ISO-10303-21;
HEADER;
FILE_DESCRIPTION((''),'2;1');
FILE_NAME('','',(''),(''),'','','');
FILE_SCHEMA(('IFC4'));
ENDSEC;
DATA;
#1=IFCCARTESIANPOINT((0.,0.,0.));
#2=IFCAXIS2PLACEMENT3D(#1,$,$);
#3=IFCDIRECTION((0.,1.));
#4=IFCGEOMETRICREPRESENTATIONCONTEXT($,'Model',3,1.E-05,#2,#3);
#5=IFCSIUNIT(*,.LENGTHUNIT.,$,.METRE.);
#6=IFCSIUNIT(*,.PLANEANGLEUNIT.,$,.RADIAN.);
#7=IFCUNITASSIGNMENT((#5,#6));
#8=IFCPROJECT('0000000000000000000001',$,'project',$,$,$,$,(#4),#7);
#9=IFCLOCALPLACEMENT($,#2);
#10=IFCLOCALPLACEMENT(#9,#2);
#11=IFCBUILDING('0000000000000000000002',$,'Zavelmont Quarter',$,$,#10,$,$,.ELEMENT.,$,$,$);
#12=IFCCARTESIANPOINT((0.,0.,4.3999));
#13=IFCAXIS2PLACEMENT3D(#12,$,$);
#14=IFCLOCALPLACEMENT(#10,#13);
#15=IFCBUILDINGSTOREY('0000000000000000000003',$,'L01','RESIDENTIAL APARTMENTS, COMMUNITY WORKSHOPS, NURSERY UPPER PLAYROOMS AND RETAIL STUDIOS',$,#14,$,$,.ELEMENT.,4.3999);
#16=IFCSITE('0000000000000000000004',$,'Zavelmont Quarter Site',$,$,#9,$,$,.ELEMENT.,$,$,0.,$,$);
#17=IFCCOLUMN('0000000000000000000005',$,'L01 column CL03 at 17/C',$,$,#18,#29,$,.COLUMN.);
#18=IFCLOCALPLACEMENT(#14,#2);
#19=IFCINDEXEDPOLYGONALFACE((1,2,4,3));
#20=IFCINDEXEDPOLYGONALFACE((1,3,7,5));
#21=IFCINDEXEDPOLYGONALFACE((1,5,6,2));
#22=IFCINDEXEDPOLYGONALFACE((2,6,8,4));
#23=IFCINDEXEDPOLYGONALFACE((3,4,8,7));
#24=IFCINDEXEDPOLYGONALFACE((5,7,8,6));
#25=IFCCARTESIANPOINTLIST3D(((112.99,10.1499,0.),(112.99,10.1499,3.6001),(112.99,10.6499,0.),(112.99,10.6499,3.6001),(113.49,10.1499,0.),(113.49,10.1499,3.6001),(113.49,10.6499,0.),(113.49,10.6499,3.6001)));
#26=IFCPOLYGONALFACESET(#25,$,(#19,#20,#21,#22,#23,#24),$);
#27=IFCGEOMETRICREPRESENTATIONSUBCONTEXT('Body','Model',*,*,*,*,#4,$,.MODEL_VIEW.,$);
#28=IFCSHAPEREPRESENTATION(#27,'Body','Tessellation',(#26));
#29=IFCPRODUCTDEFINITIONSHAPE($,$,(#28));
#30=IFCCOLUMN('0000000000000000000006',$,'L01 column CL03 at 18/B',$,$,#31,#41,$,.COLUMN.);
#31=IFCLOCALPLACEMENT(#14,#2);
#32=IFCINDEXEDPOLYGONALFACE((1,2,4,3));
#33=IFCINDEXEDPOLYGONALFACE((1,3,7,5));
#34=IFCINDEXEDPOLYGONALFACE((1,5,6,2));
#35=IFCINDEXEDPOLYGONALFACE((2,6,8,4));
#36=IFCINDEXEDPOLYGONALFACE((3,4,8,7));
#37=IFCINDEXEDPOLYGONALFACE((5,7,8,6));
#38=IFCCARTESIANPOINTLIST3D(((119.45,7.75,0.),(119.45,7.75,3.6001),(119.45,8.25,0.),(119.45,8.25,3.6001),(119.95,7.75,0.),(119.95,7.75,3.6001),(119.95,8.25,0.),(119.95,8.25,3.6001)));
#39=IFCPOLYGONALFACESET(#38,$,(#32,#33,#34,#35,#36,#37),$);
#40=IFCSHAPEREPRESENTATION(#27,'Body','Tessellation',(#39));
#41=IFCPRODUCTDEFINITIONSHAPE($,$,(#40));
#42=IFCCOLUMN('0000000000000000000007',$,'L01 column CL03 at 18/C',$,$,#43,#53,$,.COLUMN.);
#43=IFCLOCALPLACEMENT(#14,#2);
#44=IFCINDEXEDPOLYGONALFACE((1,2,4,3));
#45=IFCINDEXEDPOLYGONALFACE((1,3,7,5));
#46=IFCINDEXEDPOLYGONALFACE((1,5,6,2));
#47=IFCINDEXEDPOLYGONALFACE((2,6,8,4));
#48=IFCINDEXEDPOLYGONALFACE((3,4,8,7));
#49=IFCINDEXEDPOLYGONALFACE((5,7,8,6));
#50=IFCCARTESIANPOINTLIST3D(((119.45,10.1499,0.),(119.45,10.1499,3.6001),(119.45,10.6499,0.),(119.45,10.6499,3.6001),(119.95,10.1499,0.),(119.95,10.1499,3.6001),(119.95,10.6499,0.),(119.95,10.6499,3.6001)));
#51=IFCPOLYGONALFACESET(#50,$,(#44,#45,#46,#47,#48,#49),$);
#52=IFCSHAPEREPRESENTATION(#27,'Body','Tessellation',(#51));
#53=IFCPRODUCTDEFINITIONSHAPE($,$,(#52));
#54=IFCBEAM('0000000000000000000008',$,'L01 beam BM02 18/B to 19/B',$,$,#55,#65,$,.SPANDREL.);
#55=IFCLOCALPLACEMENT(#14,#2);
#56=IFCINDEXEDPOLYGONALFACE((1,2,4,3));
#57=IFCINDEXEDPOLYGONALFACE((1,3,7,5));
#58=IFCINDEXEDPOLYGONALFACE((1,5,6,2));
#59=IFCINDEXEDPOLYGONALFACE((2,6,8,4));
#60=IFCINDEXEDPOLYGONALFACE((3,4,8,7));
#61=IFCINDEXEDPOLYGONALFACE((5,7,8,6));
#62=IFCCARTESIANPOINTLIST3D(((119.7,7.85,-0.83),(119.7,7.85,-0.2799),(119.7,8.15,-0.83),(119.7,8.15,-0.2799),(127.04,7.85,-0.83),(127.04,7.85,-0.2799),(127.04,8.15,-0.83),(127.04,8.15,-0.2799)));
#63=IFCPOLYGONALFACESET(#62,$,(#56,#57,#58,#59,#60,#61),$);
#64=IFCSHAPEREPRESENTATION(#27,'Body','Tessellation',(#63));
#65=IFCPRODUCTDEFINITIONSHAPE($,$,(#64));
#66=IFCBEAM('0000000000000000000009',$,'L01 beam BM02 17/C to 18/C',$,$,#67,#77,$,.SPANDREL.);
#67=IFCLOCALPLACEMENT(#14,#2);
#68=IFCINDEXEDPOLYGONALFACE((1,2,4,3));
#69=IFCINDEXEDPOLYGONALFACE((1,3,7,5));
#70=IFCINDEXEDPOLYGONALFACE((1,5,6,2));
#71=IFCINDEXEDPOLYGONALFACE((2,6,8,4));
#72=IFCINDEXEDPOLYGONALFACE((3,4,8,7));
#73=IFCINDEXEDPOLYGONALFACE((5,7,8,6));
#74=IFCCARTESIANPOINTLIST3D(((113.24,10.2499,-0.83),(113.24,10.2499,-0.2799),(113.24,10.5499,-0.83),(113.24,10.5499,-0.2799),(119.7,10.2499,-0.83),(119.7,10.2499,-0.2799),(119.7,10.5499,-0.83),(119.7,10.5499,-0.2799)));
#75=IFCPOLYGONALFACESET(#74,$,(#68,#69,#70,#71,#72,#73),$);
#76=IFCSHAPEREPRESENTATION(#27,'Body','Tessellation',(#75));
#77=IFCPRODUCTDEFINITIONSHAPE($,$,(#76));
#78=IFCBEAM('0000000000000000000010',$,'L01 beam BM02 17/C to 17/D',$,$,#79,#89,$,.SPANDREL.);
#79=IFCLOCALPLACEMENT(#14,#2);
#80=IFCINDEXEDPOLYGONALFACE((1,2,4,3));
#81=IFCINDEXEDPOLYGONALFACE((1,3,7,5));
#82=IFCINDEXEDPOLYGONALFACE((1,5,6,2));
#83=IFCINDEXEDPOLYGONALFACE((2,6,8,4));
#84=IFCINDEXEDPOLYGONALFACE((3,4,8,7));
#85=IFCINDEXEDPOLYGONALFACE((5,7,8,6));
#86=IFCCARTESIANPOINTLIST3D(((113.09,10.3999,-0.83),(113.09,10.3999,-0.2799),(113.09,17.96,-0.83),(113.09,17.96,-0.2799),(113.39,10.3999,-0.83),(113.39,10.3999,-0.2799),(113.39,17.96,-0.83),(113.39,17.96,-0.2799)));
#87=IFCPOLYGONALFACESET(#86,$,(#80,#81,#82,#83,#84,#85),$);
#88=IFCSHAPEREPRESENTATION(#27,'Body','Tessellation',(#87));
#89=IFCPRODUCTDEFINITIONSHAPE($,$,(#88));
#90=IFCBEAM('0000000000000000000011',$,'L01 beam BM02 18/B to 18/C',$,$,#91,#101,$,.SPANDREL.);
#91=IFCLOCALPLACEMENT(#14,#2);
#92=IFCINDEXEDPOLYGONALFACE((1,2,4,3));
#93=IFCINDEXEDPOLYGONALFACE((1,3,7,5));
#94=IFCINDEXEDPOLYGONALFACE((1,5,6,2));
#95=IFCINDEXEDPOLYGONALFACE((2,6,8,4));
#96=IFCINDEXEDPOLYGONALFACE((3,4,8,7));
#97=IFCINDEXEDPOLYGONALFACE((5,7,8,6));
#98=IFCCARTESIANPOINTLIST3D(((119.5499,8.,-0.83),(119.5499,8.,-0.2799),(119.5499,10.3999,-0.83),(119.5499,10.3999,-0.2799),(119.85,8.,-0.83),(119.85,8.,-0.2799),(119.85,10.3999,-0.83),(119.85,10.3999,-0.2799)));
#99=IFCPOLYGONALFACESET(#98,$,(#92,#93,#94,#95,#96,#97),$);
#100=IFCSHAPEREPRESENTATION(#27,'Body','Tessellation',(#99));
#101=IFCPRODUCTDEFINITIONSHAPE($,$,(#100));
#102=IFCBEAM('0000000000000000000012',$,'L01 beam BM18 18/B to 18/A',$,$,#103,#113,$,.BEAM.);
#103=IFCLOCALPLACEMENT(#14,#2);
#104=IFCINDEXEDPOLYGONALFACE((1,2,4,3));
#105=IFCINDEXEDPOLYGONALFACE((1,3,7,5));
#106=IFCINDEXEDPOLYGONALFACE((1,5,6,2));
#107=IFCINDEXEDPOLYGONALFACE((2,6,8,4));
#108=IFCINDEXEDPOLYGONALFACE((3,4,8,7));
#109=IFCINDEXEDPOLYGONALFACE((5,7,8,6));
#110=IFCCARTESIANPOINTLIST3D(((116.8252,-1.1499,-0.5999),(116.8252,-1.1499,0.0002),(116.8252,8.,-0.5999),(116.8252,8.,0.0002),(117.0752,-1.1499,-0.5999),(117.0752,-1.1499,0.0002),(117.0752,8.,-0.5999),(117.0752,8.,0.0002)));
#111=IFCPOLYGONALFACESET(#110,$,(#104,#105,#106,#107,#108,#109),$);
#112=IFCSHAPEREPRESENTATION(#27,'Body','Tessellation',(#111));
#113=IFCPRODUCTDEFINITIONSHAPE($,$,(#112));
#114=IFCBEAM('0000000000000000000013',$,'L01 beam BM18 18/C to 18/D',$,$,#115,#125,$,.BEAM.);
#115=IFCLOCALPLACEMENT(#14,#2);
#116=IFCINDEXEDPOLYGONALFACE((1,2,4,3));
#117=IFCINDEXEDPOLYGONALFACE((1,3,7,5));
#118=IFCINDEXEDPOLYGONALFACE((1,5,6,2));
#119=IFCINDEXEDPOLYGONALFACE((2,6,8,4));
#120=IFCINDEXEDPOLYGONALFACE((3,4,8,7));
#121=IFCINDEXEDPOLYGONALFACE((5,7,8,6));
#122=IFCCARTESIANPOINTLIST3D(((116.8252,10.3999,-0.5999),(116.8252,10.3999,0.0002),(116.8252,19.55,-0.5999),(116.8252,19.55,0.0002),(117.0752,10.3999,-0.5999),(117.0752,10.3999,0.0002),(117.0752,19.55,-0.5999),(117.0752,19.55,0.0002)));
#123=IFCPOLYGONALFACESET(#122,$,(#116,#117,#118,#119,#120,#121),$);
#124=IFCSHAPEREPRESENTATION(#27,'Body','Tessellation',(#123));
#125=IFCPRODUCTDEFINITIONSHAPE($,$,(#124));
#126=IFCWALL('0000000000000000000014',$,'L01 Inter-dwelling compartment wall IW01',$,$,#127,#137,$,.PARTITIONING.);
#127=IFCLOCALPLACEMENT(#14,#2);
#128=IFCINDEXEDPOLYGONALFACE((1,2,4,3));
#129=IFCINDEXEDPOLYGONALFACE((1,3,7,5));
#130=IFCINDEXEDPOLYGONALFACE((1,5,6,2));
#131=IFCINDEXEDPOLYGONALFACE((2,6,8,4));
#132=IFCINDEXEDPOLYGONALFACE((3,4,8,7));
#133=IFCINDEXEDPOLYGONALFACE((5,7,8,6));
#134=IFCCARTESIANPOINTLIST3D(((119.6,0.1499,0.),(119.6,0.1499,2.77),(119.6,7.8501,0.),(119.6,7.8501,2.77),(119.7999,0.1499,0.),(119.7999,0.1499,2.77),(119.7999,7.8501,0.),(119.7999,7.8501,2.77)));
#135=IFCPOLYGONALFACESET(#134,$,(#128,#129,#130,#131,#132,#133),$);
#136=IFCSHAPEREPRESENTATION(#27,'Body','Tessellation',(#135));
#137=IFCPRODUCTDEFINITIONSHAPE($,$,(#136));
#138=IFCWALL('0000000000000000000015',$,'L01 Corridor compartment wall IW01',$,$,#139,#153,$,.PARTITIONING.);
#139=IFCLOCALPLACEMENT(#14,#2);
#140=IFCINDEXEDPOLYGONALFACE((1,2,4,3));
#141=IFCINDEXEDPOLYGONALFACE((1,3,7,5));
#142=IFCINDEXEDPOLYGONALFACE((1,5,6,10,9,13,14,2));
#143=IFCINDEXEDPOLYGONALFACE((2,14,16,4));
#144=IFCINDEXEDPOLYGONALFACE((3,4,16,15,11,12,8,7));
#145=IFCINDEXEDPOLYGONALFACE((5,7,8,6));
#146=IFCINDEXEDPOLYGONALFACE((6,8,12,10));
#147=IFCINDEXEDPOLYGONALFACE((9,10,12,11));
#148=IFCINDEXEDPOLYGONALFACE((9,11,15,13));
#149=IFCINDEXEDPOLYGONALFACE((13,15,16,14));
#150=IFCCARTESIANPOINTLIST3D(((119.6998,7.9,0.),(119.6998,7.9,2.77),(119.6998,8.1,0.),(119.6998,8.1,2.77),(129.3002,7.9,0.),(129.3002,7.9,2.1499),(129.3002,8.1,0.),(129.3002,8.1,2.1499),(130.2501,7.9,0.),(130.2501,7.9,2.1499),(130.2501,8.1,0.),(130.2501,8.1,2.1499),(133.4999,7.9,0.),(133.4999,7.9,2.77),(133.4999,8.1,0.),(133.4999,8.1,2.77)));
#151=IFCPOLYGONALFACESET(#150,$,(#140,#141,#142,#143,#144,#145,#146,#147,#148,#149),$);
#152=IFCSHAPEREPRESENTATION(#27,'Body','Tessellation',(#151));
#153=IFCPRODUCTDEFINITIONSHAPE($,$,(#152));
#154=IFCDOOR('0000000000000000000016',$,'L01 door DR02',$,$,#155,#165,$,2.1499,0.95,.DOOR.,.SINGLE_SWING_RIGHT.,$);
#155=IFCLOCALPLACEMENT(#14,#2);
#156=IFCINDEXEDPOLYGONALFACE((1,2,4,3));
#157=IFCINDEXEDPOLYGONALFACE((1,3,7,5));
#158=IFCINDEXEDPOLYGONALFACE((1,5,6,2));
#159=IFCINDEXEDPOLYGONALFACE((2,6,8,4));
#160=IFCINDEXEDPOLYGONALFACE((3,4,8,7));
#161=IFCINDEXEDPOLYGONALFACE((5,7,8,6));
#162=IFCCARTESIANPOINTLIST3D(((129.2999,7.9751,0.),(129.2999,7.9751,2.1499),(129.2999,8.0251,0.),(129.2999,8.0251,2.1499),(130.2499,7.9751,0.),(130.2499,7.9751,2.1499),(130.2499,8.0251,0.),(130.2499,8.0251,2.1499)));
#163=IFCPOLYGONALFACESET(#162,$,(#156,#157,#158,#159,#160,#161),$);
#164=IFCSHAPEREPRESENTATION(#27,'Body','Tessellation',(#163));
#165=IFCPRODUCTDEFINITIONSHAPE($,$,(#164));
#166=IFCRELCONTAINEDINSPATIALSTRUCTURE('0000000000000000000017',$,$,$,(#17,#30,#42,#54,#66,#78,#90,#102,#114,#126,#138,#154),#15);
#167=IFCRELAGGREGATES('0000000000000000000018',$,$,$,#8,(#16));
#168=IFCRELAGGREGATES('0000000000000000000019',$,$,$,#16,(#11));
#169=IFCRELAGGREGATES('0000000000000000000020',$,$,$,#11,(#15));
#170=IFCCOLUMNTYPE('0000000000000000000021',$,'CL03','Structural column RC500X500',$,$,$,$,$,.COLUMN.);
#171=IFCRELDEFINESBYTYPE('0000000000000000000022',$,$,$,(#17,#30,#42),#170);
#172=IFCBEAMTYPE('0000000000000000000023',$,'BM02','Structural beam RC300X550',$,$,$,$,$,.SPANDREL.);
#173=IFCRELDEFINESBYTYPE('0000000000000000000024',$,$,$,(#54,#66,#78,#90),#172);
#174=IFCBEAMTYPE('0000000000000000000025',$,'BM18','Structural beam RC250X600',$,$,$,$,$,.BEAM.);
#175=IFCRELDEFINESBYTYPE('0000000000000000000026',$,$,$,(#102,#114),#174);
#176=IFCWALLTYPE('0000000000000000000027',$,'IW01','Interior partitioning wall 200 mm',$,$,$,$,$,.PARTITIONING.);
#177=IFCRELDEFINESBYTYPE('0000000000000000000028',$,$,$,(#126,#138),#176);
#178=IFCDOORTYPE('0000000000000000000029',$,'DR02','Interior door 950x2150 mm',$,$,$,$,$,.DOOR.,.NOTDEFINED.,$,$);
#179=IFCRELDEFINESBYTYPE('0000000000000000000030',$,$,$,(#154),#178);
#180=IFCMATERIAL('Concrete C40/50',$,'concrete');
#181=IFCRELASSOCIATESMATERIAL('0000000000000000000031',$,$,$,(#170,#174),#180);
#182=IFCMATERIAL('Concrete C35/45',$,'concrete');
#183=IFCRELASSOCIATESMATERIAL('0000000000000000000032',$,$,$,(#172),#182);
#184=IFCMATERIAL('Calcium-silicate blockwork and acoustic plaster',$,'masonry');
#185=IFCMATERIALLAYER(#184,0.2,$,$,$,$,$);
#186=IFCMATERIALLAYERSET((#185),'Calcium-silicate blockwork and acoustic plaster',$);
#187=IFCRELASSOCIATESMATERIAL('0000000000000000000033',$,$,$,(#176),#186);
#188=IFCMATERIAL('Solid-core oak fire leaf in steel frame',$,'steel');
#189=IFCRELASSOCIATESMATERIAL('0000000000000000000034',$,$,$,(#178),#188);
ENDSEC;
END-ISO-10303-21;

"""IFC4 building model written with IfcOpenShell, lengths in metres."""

from ifc_helpers import new_model, si_unit, direction, frame, frame_2d, origin, origin_2d, place, context, subcontext, project, spatial, rectangle, extrude, material, layer, layer_set, material_profile, profile_set, type_object, element, fill, save


model = new_model("IFC4")

# Units and contexts
model_context = context("Model", 3, precision=1e-05, world=origin(), true_north=direction((0.0, 1.0)))
body_context = subcontext(model_context, "Body", "Model", "MODEL_VIEW")
ifc_project = project(units=[si_unit("LENGTHUNIT", "METRE"), si_unit("PLANEANGLEUNIT", "RADIAN")], contexts=[model_context])

# Site, building, storey
site_placement = place(None, origin())
site = spatial("IfcSite", under=ifc_project, at=site_placement, Name="Zavelmont Quarter Site", CompositionType="ELEMENT", RefElevation=0.0)
building_placement = place(site_placement, origin())
building = spatial("IfcBuilding", under=site, at=building_placement, Name="Zavelmont Quarter", CompositionType="ELEMENT")
storey_placement = place(building_placement, frame((0.0, 0.0, 4.3999)))
storey = spatial("IfcBuildingStorey", under=building, at=storey_placement, Name="L01", Description="RESIDENTIAL APARTMENTS, COMMUNITY WORKSHOPS, NURSERY UPPER PLAYROOMS AND RETAIL STUDIOS", CompositionType="ELEMENT", Elevation=4.3999)

# Columns
ifc_material_1 = material(Name="Concrete C40/50", Category="concrete")
ifc_material_profile_1 = material_profile(ifc_material_1, rectangle(XDim=0.5, YDim=0.5, at=origin_2d()), Name="RC500X500")
ifc_profile_set_1 = profile_set([ifc_material_profile_1], Name="Concrete C40/50")
column_type = type_object("IfcColumnType", Name="CL03", Description="Structural column RC500X500", PredefinedType="COLUMN", material=ifc_profile_set_1)
for number, where, z_axis, x_axis, name in (
    (1, (113.24, 10.3999, 0.0), (0.0, 0.0, 1.0), (1.0, 0.0, 0.0), "L01 column CL03 at 17/C"),
    (2, (119.7, 8.0, 0.0), (0.0, 0.0, 1.0), (1.0, 0.0, 0.0), "L01 column CL03 at 18/B"),
    (3, (119.7, 10.3999, 0.0), (0.0, 0.0, 1.0), (1.0, 0.0, 0.0), "L01 column CL03 at 18/C"),
):
    element("IfcColumn", number, at=place(storey_placement, frame(where, z_axis=z_axis, x_axis=x_axis)), inside=storey, type_object=column_type, Name=name, PredefinedType="COLUMN", context=body_context, shape_type="SweptSolid", body=[
        extrude(rectangle(XDim=0.5, YDim=0.5, at=origin_2d()), origin(), (0.0, 0.0, 1.0), 3.6001),
    ])

# Beams
ifc_material_2 = material(Name="Concrete C35/45", Category="concrete")
ifc_material_profile_2 = material_profile(ifc_material_2, rectangle(XDim=0.3, YDim=0.55, at=origin_2d()), Name="RC300X550")
ifc_profile_set_2 = profile_set([ifc_material_profile_2], Name="Concrete C35/45")
beam_type_1 = type_object("IfcBeamType", Name="BM02", Description="Structural beam RC300X550", PredefinedType="SPANDREL", material=ifc_profile_set_2)
beam_1_placement = place(storey_placement, frame((119.7, 8.0, -0.5549), z_axis=(1.0, 0.0, 0.0), x_axis=(0.0, 1.0, 0.0)))
element("IfcBeam", 4, at=beam_1_placement, inside=storey, type_object=beam_type_1, Name="L01 beam BM02 18/B to 19/B", PredefinedType="SPANDREL", context=body_context, shape_type="SweptSolid", body=[
    extrude(rectangle(XDim=0.3, YDim=0.55, at=origin_2d()), origin(), (0.0, 0.0, 1.0), 7.3401),
])
beam_2_placement = place(storey_placement, frame((113.24, 10.3999, -0.5549), z_axis=(1.0, 0.0, 0.0), x_axis=(0.0, 1.0, 0.0)))
element("IfcBeam", 5, at=beam_2_placement, inside=storey, type_object=beam_type_1, Name="L01 beam BM02 17/C to 18/C", PredefinedType="SPANDREL", context=body_context, shape_type="SweptSolid", body=[
    extrude(rectangle(XDim=0.3, YDim=0.55, at=origin_2d()), origin(), (0.0, 0.0, 1.0), 6.46),
])
beam_3_placement = place(storey_placement, frame((113.24, 10.3999, -0.5549), z_axis=(0.0, 1.0, 0.0), x_axis=(-1.0, 0.0, 0.0)))
element("IfcBeam", 6, at=beam_3_placement, inside=storey, type_object=beam_type_1, Name="L01 beam BM02 17/C to 17/D", PredefinedType="SPANDREL", context=body_context, shape_type="SweptSolid", body=[
    extrude(rectangle(XDim=0.3, YDim=0.55, at=origin_2d()), origin(), (0.0, 0.0, 1.0), 7.5601),
])
beam_4_placement = place(storey_placement, frame((119.7, 8.0, -0.5549), z_axis=(0.0, 1.0, 0.0), x_axis=(-1.0, 0.0, 0.0)))
element("IfcBeam", 7, at=beam_4_placement, inside=storey, type_object=beam_type_1, Name="L01 beam BM02 18/B to 18/C", PredefinedType="SPANDREL", context=body_context, shape_type="SweptSolid", body=[
    extrude(rectangle(XDim=0.3, YDim=0.55, at=origin_2d()), origin(), (0.0, 0.0, 1.0), 2.3999),
])
ifc_material_profile_3 = material_profile(ifc_material_1, rectangle(XDim=0.25, YDim=0.6001, at=origin_2d()), Name="RC250X600")
ifc_profile_set_3 = profile_set([ifc_material_profile_3], Name="Concrete C40/50")
beam_type_2 = type_object("IfcBeamType", Name="BM18", Description="Structural beam RC250X600", PredefinedType="BEAM", material=ifc_profile_set_3)
beam_5_placement = place(storey_placement, frame((116.9502, 8.0, -0.2998), z_axis=(0.0, -1.0, 0.0), x_axis=(1.0, 0.0, 0.0)))
element("IfcBeam", 8, at=beam_5_placement, inside=storey, type_object=beam_type_2, Name="L01 beam BM18 18/B to 18/A", PredefinedType="BEAM", context=body_context, shape_type="SweptSolid", body=[
    extrude(rectangle(XDim=0.25, YDim=0.6001, at=origin_2d()), origin(), (0.0, 0.0, 1.0), 9.1499),
])
beam_6_placement = place(storey_placement, frame((116.9502, 10.3999, -0.2998), z_axis=(0.0, 1.0, 0.0), x_axis=(-1.0, 0.0, 0.0)))
element("IfcBeam", 9, at=beam_6_placement, inside=storey, type_object=beam_type_2, Name="L01 beam BM18 18/C to 18/D", PredefinedType="BEAM", context=body_context, shape_type="SweptSolid", body=[
    extrude(rectangle(XDim=0.25, YDim=0.6001, at=origin_2d()), origin(), (0.0, 0.0, 1.0), 9.1501),
])

# Wall
ifc_material_3 = material(Name="Calcium-silicate blockwork and acoustic plaster", Category="masonry")
ifc_layer_1 = layer(ifc_material_3, 0.2)
ifc_layer_set_1 = layer_set([ifc_layer_1], Name="Calcium-silicate blockwork and acoustic plaster")
wall_type_1 = type_object("IfcWallType", Name="IW01", Description="Interior partitioning wall 200 mm", PredefinedType="PARTITIONING", material=ifc_layer_set_1)
wall_1_placement = place(storey_placement, frame((119.7, 7.8501, 0.0), z_axis=(0.0, 0.0, 1.0), x_axis=(0.0, -1.0, 0.0)))
element("IfcWall", 10, at=wall_1_placement, inside=storey, type_object=wall_type_1, Name="L01 Inter-dwelling compartment wall IW01", PredefinedType="PARTITIONING", context=body_context, shape_type="SweptSolid", body=[
    extrude(rectangle(XDim=7.7002, YDim=0.2, at=frame_2d((3.8501, 0.0))), origin(), (0.0, 0.0, 1.0), 2.77),
])

# Wall, opening, door
wall_2_placement = place(storey_placement, frame((119.7, 8.0, 0.0), z_axis=(0.0, 0.0, 1.0), x_axis=(1.0, 0.0, 0.0)))
wall_2 = element("IfcWall", 11, at=wall_2_placement, inside=storey, type_object=wall_type_1, Name="L01 Corridor compartment wall IW01", PredefinedType="PARTITIONING", context=body_context, shape_type="SweptSolid", body=[
    extrude(rectangle(XDim=13.8, YDim=0.2, at=frame_2d((6.8999, 0.0))), origin(), (0.0, 0.0, 1.0), 2.77),
])
opening_1_placement = place(wall_2_placement, frame((9.6001, 0.0, 0.0)))
opening_1 = element("IfcOpeningElement", 12, at=opening_1_placement, cuts=wall_2, PredefinedType="OPENING", context=body_context, shape_type="SweptSolid", body=[
    extrude(rectangle(XDim=0.95, YDim=2.1499, at=frame_2d((0.4751, 1.075))), frame((0.0, 0.1118, 0.0), z_axis=(0.0, -1.0, 0.0), x_axis=(1.0, 0.0, 0.0)), (0.0, 0.0, 1.0), 0.2239),
])
ifc_material_4 = material(Name="Solid-core oak fire leaf in steel frame", Category="steel")
door_type_1 = type_object("IfcDoorType", Name="DR02", Description="Interior door 950x2150 mm", OperationType="NOTDEFINED", PredefinedType="DOOR", material=ifc_material_4)
door_1_placement = place(opening_1_placement, frame((0.95, 0.0, 0.0), z_axis=(0.0, 0.0, 1.0), x_axis=(-1.0, 0.0, 0.0)))
door_1 = element("IfcDoor", 13, at=door_1_placement, inside=storey, type_object=door_type_1, Name="L01 door DR02", OperationType="SINGLE_SWING_RIGHT", OverallHeight=2.1499, OverallWidth=0.95, PredefinedType="DOOR", context=body_context, shape_type="SweptSolid", body=[
    extrude(rectangle(XDim=0.95, YDim=2.1499, at=frame_2d((0.4751, 1.075))), frame((0.0, 0.0249, 0.0), z_axis=(0.0, -1.0, 0.0), x_axis=(1.0, 0.0, 0.0)), (0.0, 0.0, 1.0), 0.05),
])
fill(opening_1, door_1)

save(model, "model.ifc")
